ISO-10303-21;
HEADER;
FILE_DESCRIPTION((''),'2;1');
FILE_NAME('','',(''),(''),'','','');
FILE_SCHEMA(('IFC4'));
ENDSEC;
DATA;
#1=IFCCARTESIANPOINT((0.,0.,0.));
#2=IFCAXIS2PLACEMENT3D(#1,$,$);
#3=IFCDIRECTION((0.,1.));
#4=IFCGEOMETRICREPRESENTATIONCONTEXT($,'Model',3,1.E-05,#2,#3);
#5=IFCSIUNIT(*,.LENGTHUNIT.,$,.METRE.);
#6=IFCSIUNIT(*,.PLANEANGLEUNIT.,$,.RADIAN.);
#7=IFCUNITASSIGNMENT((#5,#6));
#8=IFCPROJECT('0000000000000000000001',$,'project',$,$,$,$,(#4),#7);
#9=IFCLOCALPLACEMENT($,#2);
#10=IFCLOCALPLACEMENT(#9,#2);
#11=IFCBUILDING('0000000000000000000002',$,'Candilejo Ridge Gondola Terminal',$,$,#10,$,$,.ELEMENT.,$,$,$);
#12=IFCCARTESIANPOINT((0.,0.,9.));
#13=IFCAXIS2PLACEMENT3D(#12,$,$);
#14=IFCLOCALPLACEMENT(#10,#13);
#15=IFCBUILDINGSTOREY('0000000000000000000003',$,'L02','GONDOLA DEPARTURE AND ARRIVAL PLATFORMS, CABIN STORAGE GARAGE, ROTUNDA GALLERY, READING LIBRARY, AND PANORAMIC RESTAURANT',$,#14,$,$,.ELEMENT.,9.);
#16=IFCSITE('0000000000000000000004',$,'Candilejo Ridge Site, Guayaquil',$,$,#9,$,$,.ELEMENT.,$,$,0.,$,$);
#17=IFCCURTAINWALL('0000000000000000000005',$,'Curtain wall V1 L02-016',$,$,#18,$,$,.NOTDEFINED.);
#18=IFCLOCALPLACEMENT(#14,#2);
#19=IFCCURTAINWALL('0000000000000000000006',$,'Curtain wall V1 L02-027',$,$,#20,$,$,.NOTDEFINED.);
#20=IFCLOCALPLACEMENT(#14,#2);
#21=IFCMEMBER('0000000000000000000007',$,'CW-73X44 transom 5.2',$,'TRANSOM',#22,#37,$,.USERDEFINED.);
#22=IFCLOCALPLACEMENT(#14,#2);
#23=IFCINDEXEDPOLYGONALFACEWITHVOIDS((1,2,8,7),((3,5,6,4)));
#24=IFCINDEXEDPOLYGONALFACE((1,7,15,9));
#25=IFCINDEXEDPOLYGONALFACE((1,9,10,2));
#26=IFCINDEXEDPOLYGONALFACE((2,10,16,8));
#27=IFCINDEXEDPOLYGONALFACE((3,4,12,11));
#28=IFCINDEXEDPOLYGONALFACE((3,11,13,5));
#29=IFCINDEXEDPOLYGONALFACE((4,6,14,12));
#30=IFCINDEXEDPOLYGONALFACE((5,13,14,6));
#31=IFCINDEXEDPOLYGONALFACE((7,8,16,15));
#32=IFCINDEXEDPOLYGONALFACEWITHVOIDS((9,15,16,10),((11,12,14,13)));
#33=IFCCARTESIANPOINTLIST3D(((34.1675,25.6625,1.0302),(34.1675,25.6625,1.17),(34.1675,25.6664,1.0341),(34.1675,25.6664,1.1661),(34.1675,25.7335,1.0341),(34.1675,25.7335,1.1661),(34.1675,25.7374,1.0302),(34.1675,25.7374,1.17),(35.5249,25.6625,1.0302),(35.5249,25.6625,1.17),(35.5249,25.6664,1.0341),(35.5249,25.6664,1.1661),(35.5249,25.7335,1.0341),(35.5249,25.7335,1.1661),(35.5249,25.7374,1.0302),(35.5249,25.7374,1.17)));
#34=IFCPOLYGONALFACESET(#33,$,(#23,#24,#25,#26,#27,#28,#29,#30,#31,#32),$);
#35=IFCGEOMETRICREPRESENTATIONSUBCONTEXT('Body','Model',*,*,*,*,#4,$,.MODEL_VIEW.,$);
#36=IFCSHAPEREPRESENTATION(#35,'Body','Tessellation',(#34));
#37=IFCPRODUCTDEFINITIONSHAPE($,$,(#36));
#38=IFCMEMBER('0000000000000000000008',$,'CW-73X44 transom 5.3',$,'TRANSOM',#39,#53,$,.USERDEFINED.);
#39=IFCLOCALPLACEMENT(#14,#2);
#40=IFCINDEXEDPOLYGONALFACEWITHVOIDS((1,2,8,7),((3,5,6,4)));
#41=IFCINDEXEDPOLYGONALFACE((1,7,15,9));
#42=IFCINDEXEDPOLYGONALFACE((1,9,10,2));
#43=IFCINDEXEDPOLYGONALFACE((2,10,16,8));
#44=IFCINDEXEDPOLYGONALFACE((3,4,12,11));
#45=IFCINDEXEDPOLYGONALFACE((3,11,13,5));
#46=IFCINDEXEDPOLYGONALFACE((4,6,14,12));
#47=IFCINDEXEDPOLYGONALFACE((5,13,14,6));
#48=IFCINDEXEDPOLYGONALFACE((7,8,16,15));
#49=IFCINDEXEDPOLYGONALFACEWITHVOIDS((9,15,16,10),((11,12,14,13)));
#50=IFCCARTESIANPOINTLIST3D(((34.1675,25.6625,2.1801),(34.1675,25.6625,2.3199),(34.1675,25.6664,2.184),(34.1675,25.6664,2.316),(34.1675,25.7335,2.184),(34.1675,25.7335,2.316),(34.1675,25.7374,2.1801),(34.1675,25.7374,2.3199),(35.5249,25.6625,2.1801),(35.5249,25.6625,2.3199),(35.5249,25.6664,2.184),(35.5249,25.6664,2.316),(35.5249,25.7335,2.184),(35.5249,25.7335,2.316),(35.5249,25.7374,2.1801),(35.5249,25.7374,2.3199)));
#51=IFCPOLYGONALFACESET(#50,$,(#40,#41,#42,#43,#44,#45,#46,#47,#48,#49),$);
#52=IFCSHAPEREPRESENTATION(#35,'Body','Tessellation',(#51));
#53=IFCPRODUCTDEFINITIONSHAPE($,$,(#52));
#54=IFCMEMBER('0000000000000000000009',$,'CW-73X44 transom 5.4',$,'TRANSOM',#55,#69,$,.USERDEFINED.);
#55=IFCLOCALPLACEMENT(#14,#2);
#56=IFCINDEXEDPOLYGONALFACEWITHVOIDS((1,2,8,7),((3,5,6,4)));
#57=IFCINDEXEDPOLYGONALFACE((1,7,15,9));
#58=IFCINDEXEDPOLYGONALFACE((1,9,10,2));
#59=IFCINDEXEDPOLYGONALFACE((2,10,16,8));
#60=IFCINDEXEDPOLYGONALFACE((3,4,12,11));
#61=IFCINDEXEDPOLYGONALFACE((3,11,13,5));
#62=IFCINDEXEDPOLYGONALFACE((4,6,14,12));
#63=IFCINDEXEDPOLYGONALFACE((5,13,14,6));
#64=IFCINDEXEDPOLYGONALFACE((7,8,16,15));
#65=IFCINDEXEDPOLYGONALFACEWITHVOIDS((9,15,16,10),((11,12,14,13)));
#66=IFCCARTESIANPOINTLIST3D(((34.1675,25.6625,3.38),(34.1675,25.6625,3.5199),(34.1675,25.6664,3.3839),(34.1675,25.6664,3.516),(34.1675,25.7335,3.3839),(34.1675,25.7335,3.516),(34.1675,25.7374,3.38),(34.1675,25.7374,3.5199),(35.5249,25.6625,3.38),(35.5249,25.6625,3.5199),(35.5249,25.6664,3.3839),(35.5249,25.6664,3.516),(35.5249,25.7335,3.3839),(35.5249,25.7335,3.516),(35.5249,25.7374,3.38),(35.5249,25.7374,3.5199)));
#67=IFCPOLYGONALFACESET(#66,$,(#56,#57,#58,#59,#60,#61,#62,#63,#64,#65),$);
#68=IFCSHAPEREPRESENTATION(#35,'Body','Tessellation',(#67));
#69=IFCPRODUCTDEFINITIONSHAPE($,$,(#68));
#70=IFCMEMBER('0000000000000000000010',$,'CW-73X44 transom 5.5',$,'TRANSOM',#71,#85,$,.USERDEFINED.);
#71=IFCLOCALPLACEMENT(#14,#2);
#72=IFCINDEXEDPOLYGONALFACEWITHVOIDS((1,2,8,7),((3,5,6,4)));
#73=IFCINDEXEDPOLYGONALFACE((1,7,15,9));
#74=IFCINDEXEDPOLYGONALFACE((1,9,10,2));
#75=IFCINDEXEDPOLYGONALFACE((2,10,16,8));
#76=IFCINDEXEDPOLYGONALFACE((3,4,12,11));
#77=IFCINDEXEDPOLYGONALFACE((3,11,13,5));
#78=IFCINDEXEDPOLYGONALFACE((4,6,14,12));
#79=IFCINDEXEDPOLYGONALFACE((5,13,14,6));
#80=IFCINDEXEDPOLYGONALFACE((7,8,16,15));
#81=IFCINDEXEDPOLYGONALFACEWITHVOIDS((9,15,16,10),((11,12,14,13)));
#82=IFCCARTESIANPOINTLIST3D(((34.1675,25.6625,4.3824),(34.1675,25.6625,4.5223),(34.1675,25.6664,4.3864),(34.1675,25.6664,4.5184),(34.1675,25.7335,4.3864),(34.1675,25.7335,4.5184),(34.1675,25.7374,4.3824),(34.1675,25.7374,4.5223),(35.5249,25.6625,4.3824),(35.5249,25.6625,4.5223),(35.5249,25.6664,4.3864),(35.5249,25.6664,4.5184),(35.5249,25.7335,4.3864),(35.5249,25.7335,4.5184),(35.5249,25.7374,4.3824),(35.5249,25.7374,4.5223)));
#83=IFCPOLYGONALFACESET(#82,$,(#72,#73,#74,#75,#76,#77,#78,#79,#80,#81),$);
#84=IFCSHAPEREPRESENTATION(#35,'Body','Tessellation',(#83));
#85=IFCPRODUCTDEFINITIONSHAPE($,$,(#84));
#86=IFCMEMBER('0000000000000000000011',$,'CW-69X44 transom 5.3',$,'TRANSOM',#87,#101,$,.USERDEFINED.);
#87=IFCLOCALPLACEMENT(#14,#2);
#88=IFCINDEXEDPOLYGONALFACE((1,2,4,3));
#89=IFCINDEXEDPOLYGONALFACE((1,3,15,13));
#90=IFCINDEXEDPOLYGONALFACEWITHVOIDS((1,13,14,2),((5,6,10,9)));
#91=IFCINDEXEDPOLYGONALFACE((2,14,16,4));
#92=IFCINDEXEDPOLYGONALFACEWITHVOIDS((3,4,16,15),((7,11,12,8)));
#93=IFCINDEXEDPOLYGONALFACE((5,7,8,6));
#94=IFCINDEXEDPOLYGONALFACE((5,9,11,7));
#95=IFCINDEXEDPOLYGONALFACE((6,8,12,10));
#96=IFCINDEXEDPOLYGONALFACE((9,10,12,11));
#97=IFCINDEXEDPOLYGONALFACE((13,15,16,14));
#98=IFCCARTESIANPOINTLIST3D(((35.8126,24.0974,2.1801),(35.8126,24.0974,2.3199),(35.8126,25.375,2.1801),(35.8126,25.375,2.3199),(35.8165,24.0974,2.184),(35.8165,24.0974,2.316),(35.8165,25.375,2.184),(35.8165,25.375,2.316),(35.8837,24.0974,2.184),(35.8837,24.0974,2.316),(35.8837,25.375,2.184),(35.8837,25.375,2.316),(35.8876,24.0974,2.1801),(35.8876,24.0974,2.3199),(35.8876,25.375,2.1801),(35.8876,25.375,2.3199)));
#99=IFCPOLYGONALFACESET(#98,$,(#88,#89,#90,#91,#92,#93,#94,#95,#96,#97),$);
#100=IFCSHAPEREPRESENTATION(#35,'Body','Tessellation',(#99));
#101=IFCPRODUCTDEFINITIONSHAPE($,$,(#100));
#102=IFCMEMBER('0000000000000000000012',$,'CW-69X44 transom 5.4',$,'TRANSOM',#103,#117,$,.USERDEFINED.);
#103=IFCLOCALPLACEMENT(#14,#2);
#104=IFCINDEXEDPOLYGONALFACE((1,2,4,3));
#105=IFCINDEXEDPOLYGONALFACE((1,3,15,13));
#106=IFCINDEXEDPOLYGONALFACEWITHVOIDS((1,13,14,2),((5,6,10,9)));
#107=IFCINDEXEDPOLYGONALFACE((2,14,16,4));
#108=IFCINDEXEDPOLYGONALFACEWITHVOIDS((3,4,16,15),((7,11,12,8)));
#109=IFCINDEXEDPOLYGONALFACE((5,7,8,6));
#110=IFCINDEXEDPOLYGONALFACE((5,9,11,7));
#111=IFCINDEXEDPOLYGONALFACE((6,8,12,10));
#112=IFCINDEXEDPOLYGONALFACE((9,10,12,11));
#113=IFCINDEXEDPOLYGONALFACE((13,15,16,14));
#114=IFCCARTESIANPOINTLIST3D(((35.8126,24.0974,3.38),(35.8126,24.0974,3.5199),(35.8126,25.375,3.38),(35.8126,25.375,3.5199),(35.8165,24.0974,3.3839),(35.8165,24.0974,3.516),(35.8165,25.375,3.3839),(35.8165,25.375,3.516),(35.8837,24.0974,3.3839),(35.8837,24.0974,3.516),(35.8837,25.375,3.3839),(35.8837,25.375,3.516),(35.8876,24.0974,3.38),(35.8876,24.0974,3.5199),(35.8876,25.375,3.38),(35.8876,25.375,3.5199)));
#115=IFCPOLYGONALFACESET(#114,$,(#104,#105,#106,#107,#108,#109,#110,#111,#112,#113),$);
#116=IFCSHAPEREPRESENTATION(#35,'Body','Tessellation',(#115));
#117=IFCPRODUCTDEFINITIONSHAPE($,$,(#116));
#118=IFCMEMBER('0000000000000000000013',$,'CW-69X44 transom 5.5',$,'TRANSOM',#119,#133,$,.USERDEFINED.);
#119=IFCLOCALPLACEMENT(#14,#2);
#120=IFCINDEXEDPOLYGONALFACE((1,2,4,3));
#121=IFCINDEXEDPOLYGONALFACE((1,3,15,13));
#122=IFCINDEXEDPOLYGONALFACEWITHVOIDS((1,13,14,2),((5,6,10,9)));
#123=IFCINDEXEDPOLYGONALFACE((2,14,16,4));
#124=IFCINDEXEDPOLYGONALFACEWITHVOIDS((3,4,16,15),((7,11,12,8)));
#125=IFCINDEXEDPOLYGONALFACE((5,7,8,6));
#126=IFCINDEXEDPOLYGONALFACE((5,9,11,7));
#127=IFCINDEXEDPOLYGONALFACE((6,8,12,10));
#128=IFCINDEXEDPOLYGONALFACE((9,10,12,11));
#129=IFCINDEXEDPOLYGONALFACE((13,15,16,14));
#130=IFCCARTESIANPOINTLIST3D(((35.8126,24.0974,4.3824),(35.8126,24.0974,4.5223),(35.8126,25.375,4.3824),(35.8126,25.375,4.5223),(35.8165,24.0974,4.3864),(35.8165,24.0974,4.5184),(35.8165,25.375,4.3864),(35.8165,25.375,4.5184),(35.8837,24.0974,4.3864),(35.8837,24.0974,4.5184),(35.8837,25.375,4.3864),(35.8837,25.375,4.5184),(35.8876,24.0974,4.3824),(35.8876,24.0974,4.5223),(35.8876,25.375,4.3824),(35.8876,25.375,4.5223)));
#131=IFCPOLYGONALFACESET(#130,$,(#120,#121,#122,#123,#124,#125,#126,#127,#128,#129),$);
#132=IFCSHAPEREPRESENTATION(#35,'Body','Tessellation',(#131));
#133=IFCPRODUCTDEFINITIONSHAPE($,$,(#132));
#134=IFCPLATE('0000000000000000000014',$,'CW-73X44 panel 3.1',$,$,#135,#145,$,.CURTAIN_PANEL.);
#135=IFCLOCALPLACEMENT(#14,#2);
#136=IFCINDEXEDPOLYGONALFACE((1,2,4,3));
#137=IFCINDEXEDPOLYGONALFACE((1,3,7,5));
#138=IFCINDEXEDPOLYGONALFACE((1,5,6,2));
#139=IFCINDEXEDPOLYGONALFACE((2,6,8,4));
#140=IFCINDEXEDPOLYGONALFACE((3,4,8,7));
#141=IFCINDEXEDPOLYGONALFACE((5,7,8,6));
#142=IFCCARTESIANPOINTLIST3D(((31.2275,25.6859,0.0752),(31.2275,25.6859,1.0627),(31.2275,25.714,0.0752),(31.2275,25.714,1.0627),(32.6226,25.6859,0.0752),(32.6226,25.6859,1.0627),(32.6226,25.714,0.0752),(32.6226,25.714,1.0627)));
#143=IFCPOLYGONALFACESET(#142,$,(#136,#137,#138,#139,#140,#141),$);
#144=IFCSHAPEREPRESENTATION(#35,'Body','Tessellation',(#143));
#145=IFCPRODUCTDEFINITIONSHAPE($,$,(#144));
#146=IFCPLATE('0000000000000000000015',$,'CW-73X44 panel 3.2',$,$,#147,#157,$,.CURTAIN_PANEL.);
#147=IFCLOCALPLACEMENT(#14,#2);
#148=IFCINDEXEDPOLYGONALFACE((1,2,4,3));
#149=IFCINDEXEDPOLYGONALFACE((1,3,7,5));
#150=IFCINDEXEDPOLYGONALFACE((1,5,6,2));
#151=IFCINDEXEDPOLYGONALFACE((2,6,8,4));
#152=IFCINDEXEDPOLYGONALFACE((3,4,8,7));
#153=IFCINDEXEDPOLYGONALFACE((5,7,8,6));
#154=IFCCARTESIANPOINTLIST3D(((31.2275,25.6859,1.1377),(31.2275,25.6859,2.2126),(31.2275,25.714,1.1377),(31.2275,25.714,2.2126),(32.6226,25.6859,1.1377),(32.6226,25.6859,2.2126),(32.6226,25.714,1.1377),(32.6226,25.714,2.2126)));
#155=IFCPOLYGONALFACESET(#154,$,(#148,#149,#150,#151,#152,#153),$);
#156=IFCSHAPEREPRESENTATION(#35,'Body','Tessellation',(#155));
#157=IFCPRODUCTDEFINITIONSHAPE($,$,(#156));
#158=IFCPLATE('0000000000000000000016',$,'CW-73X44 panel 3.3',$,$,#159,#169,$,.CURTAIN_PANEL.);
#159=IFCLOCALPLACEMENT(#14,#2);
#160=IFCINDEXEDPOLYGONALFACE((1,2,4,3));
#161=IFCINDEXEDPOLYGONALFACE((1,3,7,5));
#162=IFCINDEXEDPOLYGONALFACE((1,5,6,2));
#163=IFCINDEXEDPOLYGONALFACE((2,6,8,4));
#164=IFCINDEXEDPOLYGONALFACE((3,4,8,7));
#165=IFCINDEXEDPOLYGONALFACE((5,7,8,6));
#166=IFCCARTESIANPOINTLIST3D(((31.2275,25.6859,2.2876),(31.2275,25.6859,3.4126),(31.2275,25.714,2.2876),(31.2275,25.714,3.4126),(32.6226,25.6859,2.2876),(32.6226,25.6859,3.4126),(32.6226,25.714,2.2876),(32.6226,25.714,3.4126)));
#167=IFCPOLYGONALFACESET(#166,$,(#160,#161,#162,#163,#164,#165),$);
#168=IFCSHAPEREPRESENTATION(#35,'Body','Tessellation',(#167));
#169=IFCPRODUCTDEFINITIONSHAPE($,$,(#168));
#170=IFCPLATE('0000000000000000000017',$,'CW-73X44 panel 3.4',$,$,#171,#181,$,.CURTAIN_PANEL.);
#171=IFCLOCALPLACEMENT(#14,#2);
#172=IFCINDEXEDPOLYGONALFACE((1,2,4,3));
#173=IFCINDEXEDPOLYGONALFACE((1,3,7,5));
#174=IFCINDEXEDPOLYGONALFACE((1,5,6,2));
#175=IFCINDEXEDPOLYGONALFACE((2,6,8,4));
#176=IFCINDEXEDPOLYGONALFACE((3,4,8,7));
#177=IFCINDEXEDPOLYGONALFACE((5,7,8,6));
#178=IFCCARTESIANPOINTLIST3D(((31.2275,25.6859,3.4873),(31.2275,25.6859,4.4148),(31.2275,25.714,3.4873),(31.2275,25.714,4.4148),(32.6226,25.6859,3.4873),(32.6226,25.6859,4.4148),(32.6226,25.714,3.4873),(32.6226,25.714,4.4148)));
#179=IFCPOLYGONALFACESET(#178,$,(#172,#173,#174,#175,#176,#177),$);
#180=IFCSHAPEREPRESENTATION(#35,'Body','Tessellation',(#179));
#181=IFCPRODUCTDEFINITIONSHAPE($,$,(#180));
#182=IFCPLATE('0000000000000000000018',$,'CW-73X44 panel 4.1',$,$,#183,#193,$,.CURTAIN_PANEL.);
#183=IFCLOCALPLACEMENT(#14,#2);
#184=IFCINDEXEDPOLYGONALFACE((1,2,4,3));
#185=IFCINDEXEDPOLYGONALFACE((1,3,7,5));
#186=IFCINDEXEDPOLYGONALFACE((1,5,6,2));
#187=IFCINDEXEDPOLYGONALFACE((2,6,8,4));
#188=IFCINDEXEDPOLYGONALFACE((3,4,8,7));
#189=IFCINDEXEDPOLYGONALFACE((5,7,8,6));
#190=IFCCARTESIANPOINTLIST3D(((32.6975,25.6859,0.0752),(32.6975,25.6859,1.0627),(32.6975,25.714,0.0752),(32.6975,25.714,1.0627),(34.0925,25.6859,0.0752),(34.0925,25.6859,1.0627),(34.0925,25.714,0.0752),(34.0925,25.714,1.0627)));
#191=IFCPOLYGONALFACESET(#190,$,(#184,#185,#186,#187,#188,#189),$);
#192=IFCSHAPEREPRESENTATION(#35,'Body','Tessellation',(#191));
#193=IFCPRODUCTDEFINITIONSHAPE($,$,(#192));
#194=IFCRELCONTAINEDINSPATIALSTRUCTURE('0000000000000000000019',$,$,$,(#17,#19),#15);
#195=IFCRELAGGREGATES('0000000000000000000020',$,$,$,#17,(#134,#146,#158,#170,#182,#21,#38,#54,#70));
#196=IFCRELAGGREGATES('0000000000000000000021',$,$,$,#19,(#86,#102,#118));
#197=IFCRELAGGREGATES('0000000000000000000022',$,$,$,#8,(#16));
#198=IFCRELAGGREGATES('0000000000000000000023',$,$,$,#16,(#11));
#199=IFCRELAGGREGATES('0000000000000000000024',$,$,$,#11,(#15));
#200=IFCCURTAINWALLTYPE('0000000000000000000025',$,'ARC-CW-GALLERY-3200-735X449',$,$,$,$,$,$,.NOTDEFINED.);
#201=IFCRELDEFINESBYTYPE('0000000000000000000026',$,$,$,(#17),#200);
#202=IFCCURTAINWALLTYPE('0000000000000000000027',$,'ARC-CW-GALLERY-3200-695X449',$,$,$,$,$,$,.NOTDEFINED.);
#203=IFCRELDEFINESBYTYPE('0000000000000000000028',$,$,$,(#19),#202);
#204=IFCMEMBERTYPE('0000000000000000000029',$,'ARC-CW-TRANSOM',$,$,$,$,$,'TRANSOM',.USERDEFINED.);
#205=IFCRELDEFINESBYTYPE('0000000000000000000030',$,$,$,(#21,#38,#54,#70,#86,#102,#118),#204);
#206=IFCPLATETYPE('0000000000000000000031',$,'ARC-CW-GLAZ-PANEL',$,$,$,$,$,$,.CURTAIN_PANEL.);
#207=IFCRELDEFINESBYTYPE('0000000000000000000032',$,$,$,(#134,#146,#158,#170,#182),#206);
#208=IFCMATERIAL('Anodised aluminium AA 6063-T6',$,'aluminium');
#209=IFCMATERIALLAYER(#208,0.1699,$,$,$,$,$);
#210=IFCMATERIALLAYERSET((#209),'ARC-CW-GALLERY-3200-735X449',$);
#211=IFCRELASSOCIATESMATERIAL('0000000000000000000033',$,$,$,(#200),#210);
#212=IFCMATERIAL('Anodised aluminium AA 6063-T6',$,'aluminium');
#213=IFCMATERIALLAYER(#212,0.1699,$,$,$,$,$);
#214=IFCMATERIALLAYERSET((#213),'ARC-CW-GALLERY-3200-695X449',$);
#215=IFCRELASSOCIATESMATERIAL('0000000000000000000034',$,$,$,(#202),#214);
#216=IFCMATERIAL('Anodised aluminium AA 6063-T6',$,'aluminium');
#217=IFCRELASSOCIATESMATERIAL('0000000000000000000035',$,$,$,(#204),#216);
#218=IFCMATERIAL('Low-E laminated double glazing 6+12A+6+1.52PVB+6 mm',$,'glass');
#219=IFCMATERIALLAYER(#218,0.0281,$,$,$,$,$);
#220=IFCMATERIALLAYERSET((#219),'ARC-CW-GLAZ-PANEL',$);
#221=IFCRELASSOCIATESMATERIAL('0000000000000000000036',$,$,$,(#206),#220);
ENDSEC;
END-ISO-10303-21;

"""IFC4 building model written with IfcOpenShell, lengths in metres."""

from ifc_helpers import new_model, si_unit, direction, frame, origin, origin_2d, place, context, subcontext, project, spatial, rectangle, hollow_rectangle, extrude, material, layer, layer_set, material_profile, profile_set, type_object, element, aggregate, save


model = new_model("IFC4")

# Units and contexts
model_context = context("Model", 3, precision=1e-05, world=origin(), true_north=direction((0.0, 1.0)))
body_context = subcontext(model_context, "Body", "Model", "MODEL_VIEW")
ifc_project = project(units=[si_unit("LENGTHUNIT", "METRE"), si_unit("PLANEANGLEUNIT", "RADIAN")], contexts=[model_context])

# Site, building, storey
site_placement = place(None, origin())
site = spatial("IfcSite", under=ifc_project, at=site_placement, Name="Candilejo Ridge Site, Guayaquil", CompositionType="ELEMENT", RefElevation=0.0)
building_placement = place(site_placement, origin())
building = spatial("IfcBuilding", under=site, at=building_placement, Name="Candilejo Ridge Gondola Terminal", CompositionType="ELEMENT")
storey_placement = place(building_placement, frame((0.0, 0.0, 9.0)))
storey = spatial("IfcBuildingStorey", under=building, at=storey_placement, Name="L02", Description="GONDOLA DEPARTURE AND ARRIVAL PLATFORMS, CABIN STORAGE GARAGE, ROTUNDA GALLERY, READING LIBRARY, AND PANORAMIC RESTAURANT", CompositionType="ELEMENT", Elevation=9.0)

# Curtain wall
ifc_material_1 = material(Name="Anodised aluminium AA 6063-T6", Category="aluminium")
ifc_layer_1 = layer(ifc_material_1, 0.1699)
ifc_layer_set_1 = layer_set([ifc_layer_1], Name="ARC-CW-GALLERY-3200-735X449")
curtain_wall_type_1 = type_object("IfcCurtainWallType", Name="ARC-CW-GALLERY-3200-735X449", PredefinedType="NOTDEFINED", material=ifc_layer_set_1)
curtain_wall_1_placement = place(storey_placement, origin())
curtain_wall_1 = element("IfcCurtainWall", 1, at=curtain_wall_1_placement, inside=storey, type_object=curtain_wall_type_1, Name="Curtain wall V1 L02-016", PredefinedType="NOTDEFINED")

# Curtain wall
ifc_material_2 = material(Name="Anodised aluminium AA 6063-T6", Category="aluminium")
ifc_layer_2 = layer(ifc_material_2, 0.1699)
ifc_layer_set_2 = layer_set([ifc_layer_2], Name="ARC-CW-GALLERY-3200-695X449")
curtain_wall_type_2 = type_object("IfcCurtainWallType", Name="ARC-CW-GALLERY-3200-695X449", PredefinedType="NOTDEFINED", material=ifc_layer_set_2)
curtain_wall_2_placement = place(storey_placement, origin())
curtain_wall_2 = element("IfcCurtainWall", 2, at=curtain_wall_2_placement, inside=storey, type_object=curtain_wall_type_2, Name="Curtain wall V1 L02-027", PredefinedType="NOTDEFINED")

# Members
ifc_material_3 = material(Name="Anodised aluminium AA 6063-T6", Category="aluminium")
ifc_material_profile_1 = material_profile(ifc_material_3, hollow_rectangle(XDim=0.075, YDim=0.1399, WallThickness=0.0039, at=origin_2d()))
ifc_profile_set_1 = profile_set([ifc_material_profile_1], Name="Anodised aluminium AA 6063-T6")
member_type_1 = type_object("IfcMemberType", Name="ARC-CW-TRANSOM", ElementType="TRANSOM", PredefinedType="USERDEFINED", material=ifc_profile_set_1)
member_1_placement = place(storey_placement, frame((34.1675, 25.7, 1.1001), z_axis=(1.0, 0.0, 0.0), x_axis=(0.0, 1.0, 0.0)))
member_1 = element("IfcMember", 3, at=member_1_placement, type_object=member_type_1, Name="CW-73X44 transom 5.2", ObjectType="TRANSOM", PredefinedType="USERDEFINED", context=body_context, shape_type="SweptSolid", body=[
    extrude(hollow_rectangle(XDim=0.075, YDim=0.1399, WallThickness=0.0039, at=origin_2d()), origin(), (0.0, 0.0, 1.0), 1.3574),
])
member_2_placement = place(storey_placement, frame((34.1675, 25.7, 2.25), z_axis=(1.0, 0.0, 0.0), x_axis=(0.0, 1.0, 0.0)))
member_2 = element("IfcMember", 4, at=member_2_placement, type_object=member_type_1, Name="CW-73X44 transom 5.3", ObjectType="TRANSOM", PredefinedType="USERDEFINED", context=body_context, shape_type="SweptSolid", body=[
    extrude(hollow_rectangle(XDim=0.075, YDim=0.1399, WallThickness=0.0039, at=origin_2d()), origin(), (0.0, 0.0, 1.0), 1.3574),
])
member_3_placement = place(storey_placement, frame((34.1675, 25.7, 3.45), z_axis=(1.0, 0.0, 0.0), x_axis=(0.0, 1.0, 0.0)))
member_3 = element("IfcMember", 5, at=member_3_placement, type_object=member_type_1, Name="CW-73X44 transom 5.4", ObjectType="TRANSOM", PredefinedType="USERDEFINED", context=body_context, shape_type="SweptSolid", body=[
    extrude(hollow_rectangle(XDim=0.075, YDim=0.1399, WallThickness=0.0039, at=origin_2d()), origin(), (0.0, 0.0, 1.0), 1.3574),
])
member_4_placement = place(storey_placement, frame((34.1675, 25.7, 4.4524), z_axis=(1.0, 0.0, 0.0), x_axis=(0.0, 1.0, 0.0)))
member_4 = element("IfcMember", 6, at=member_4_placement, type_object=member_type_1, Name="CW-73X44 transom 5.5", ObjectType="TRANSOM", PredefinedType="USERDEFINED", context=body_context, shape_type="SweptSolid", body=[
    extrude(hollow_rectangle(XDim=0.075, YDim=0.1399, WallThickness=0.0039, at=origin_2d()), origin(), (0.0, 0.0, 1.0), 1.3574),
])
member_5_placement = place(storey_placement, frame((35.8501, 24.0974, 2.25), z_axis=(0.0, 1.0, 0.0), x_axis=(-1.0, 0.0, 0.0)))
member_5 = element("IfcMember", 7, at=member_5_placement, type_object=member_type_1, Name="CW-69X44 transom 5.3", ObjectType="TRANSOM", PredefinedType="USERDEFINED", context=body_context, shape_type="SweptSolid", body=[
    extrude(hollow_rectangle(XDim=0.075, YDim=0.1399, WallThickness=0.0039, at=origin_2d()), origin(), (0.0, 0.0, 1.0), 1.2776),
])
member_6_placement = place(storey_placement, frame((35.8501, 24.0974, 3.45), z_axis=(0.0, 1.0, 0.0), x_axis=(-1.0, 0.0, 0.0)))
member_6 = element("IfcMember", 8, at=member_6_placement, type_object=member_type_1, Name="CW-69X44 transom 5.4", ObjectType="TRANSOM", PredefinedType="USERDEFINED", context=body_context, shape_type="SweptSolid", body=[
    extrude(hollow_rectangle(XDim=0.075, YDim=0.1399, WallThickness=0.0039, at=origin_2d()), origin(), (0.0, 0.0, 1.0), 1.2776),
])
member_7_placement = place(storey_placement, frame((35.8501, 24.0974, 4.4524), z_axis=(0.0, 1.0, 0.0), x_axis=(-1.0, 0.0, 0.0)))
member_7 = element("IfcMember", 9, at=member_7_placement, type_object=member_type_1, Name="CW-69X44 transom 5.5", ObjectType="TRANSOM", PredefinedType="USERDEFINED", context=body_context, shape_type="SweptSolid", body=[
    extrude(hollow_rectangle(XDim=0.075, YDim=0.1399, WallThickness=0.0039, at=origin_2d()), origin(), (0.0, 0.0, 1.0), 1.2776),
])

# Plates
ifc_material_4 = material(Name="Low-E laminated double glazing 6+12A+6+1.52PVB+6 mm", Category="glass")
ifc_layer_3 = layer(ifc_material_4, 0.0281)
ifc_layer_set_3 = layer_set([ifc_layer_3], Name="ARC-CW-GLAZ-PANEL")
plate_type = type_object("IfcPlateType", Name="ARC-CW-GLAZ-PANEL", PredefinedType="CURTAIN_PANEL", material=ifc_layer_set_3)
plate_1_placement = place(storey_placement, frame((31.925, 25.7, 0.0752), z_axis=(0.0, 0.0, 1.0), x_axis=(1.0, 0.0, 0.0)))
plate_1 = element("IfcPlate", 10, at=plate_1_placement, type_object=plate_type, Name="CW-73X44 panel 3.1", PredefinedType="CURTAIN_PANEL", context=body_context, shape_type="SweptSolid", body=[
    extrude(rectangle(XDim=1.395, YDim=0.0281, at=origin_2d()), origin(), (0.0, 0.0, 1.0), 0.9875),
])
plate_2_placement = place(storey_placement, frame((31.925, 25.7, 1.1377), z_axis=(0.0, 0.0, 1.0), x_axis=(1.0, 0.0, 0.0)))
plate_2 = element("IfcPlate", 11, at=plate_2_placement, type_object=plate_type, Name="CW-73X44 panel 3.2", PredefinedType="CURTAIN_PANEL", context=body_context, shape_type="SweptSolid", body=[
    extrude(rectangle(XDim=1.395, YDim=0.0281, at=origin_2d()), origin(), (0.0, 0.0, 1.0), 1.075),
])
plate_3_placement = place(storey_placement, frame((31.925, 25.7, 2.2876), z_axis=(0.0, 0.0, 1.0), x_axis=(1.0, 0.0, 0.0)))
plate_3 = element("IfcPlate", 12, at=plate_3_placement, type_object=plate_type, Name="CW-73X44 panel 3.3", PredefinedType="CURTAIN_PANEL", context=body_context, shape_type="SweptSolid", body=[
    extrude(rectangle(XDim=1.395, YDim=0.0281, at=origin_2d()), origin(), (0.0, 0.0, 1.0), 1.125),
])
plate_4_placement = place(storey_placement, frame((31.925, 25.7, 3.4873), z_axis=(0.0, 0.0, 1.0), x_axis=(1.0, 0.0, 0.0)))
plate_4 = element("IfcPlate", 13, at=plate_4_placement, type_object=plate_type, Name="CW-73X44 panel 3.4", PredefinedType="CURTAIN_PANEL", context=body_context, shape_type="SweptSolid", body=[
    extrude(rectangle(XDim=1.395, YDim=0.0281, at=origin_2d()), origin(), (0.0, 0.0, 1.0), 0.9275),
])
plate_5_placement = place(storey_placement, frame((33.395, 25.7, 0.0752), z_axis=(0.0, 0.0, 1.0), x_axis=(1.0, 0.0, 0.0)))
plate_5 = element("IfcPlate", 14, at=plate_5_placement, type_object=plate_type, Name="CW-73X44 panel 4.1", PredefinedType="CURTAIN_PANEL", context=body_context, shape_type="SweptSolid", body=[
    extrude(rectangle(XDim=1.395, YDim=0.0281, at=origin_2d()), origin(), (0.0, 0.0, 1.0), 0.9875),
])
aggregate(curtain_wall_1, [plate_1, plate_2, plate_3, plate_4, plate_5, member_1, member_2, member_3, member_4])
aggregate(curtain_wall_2, [member_5, member_6, member_7])

save(model, "model.ifc")
